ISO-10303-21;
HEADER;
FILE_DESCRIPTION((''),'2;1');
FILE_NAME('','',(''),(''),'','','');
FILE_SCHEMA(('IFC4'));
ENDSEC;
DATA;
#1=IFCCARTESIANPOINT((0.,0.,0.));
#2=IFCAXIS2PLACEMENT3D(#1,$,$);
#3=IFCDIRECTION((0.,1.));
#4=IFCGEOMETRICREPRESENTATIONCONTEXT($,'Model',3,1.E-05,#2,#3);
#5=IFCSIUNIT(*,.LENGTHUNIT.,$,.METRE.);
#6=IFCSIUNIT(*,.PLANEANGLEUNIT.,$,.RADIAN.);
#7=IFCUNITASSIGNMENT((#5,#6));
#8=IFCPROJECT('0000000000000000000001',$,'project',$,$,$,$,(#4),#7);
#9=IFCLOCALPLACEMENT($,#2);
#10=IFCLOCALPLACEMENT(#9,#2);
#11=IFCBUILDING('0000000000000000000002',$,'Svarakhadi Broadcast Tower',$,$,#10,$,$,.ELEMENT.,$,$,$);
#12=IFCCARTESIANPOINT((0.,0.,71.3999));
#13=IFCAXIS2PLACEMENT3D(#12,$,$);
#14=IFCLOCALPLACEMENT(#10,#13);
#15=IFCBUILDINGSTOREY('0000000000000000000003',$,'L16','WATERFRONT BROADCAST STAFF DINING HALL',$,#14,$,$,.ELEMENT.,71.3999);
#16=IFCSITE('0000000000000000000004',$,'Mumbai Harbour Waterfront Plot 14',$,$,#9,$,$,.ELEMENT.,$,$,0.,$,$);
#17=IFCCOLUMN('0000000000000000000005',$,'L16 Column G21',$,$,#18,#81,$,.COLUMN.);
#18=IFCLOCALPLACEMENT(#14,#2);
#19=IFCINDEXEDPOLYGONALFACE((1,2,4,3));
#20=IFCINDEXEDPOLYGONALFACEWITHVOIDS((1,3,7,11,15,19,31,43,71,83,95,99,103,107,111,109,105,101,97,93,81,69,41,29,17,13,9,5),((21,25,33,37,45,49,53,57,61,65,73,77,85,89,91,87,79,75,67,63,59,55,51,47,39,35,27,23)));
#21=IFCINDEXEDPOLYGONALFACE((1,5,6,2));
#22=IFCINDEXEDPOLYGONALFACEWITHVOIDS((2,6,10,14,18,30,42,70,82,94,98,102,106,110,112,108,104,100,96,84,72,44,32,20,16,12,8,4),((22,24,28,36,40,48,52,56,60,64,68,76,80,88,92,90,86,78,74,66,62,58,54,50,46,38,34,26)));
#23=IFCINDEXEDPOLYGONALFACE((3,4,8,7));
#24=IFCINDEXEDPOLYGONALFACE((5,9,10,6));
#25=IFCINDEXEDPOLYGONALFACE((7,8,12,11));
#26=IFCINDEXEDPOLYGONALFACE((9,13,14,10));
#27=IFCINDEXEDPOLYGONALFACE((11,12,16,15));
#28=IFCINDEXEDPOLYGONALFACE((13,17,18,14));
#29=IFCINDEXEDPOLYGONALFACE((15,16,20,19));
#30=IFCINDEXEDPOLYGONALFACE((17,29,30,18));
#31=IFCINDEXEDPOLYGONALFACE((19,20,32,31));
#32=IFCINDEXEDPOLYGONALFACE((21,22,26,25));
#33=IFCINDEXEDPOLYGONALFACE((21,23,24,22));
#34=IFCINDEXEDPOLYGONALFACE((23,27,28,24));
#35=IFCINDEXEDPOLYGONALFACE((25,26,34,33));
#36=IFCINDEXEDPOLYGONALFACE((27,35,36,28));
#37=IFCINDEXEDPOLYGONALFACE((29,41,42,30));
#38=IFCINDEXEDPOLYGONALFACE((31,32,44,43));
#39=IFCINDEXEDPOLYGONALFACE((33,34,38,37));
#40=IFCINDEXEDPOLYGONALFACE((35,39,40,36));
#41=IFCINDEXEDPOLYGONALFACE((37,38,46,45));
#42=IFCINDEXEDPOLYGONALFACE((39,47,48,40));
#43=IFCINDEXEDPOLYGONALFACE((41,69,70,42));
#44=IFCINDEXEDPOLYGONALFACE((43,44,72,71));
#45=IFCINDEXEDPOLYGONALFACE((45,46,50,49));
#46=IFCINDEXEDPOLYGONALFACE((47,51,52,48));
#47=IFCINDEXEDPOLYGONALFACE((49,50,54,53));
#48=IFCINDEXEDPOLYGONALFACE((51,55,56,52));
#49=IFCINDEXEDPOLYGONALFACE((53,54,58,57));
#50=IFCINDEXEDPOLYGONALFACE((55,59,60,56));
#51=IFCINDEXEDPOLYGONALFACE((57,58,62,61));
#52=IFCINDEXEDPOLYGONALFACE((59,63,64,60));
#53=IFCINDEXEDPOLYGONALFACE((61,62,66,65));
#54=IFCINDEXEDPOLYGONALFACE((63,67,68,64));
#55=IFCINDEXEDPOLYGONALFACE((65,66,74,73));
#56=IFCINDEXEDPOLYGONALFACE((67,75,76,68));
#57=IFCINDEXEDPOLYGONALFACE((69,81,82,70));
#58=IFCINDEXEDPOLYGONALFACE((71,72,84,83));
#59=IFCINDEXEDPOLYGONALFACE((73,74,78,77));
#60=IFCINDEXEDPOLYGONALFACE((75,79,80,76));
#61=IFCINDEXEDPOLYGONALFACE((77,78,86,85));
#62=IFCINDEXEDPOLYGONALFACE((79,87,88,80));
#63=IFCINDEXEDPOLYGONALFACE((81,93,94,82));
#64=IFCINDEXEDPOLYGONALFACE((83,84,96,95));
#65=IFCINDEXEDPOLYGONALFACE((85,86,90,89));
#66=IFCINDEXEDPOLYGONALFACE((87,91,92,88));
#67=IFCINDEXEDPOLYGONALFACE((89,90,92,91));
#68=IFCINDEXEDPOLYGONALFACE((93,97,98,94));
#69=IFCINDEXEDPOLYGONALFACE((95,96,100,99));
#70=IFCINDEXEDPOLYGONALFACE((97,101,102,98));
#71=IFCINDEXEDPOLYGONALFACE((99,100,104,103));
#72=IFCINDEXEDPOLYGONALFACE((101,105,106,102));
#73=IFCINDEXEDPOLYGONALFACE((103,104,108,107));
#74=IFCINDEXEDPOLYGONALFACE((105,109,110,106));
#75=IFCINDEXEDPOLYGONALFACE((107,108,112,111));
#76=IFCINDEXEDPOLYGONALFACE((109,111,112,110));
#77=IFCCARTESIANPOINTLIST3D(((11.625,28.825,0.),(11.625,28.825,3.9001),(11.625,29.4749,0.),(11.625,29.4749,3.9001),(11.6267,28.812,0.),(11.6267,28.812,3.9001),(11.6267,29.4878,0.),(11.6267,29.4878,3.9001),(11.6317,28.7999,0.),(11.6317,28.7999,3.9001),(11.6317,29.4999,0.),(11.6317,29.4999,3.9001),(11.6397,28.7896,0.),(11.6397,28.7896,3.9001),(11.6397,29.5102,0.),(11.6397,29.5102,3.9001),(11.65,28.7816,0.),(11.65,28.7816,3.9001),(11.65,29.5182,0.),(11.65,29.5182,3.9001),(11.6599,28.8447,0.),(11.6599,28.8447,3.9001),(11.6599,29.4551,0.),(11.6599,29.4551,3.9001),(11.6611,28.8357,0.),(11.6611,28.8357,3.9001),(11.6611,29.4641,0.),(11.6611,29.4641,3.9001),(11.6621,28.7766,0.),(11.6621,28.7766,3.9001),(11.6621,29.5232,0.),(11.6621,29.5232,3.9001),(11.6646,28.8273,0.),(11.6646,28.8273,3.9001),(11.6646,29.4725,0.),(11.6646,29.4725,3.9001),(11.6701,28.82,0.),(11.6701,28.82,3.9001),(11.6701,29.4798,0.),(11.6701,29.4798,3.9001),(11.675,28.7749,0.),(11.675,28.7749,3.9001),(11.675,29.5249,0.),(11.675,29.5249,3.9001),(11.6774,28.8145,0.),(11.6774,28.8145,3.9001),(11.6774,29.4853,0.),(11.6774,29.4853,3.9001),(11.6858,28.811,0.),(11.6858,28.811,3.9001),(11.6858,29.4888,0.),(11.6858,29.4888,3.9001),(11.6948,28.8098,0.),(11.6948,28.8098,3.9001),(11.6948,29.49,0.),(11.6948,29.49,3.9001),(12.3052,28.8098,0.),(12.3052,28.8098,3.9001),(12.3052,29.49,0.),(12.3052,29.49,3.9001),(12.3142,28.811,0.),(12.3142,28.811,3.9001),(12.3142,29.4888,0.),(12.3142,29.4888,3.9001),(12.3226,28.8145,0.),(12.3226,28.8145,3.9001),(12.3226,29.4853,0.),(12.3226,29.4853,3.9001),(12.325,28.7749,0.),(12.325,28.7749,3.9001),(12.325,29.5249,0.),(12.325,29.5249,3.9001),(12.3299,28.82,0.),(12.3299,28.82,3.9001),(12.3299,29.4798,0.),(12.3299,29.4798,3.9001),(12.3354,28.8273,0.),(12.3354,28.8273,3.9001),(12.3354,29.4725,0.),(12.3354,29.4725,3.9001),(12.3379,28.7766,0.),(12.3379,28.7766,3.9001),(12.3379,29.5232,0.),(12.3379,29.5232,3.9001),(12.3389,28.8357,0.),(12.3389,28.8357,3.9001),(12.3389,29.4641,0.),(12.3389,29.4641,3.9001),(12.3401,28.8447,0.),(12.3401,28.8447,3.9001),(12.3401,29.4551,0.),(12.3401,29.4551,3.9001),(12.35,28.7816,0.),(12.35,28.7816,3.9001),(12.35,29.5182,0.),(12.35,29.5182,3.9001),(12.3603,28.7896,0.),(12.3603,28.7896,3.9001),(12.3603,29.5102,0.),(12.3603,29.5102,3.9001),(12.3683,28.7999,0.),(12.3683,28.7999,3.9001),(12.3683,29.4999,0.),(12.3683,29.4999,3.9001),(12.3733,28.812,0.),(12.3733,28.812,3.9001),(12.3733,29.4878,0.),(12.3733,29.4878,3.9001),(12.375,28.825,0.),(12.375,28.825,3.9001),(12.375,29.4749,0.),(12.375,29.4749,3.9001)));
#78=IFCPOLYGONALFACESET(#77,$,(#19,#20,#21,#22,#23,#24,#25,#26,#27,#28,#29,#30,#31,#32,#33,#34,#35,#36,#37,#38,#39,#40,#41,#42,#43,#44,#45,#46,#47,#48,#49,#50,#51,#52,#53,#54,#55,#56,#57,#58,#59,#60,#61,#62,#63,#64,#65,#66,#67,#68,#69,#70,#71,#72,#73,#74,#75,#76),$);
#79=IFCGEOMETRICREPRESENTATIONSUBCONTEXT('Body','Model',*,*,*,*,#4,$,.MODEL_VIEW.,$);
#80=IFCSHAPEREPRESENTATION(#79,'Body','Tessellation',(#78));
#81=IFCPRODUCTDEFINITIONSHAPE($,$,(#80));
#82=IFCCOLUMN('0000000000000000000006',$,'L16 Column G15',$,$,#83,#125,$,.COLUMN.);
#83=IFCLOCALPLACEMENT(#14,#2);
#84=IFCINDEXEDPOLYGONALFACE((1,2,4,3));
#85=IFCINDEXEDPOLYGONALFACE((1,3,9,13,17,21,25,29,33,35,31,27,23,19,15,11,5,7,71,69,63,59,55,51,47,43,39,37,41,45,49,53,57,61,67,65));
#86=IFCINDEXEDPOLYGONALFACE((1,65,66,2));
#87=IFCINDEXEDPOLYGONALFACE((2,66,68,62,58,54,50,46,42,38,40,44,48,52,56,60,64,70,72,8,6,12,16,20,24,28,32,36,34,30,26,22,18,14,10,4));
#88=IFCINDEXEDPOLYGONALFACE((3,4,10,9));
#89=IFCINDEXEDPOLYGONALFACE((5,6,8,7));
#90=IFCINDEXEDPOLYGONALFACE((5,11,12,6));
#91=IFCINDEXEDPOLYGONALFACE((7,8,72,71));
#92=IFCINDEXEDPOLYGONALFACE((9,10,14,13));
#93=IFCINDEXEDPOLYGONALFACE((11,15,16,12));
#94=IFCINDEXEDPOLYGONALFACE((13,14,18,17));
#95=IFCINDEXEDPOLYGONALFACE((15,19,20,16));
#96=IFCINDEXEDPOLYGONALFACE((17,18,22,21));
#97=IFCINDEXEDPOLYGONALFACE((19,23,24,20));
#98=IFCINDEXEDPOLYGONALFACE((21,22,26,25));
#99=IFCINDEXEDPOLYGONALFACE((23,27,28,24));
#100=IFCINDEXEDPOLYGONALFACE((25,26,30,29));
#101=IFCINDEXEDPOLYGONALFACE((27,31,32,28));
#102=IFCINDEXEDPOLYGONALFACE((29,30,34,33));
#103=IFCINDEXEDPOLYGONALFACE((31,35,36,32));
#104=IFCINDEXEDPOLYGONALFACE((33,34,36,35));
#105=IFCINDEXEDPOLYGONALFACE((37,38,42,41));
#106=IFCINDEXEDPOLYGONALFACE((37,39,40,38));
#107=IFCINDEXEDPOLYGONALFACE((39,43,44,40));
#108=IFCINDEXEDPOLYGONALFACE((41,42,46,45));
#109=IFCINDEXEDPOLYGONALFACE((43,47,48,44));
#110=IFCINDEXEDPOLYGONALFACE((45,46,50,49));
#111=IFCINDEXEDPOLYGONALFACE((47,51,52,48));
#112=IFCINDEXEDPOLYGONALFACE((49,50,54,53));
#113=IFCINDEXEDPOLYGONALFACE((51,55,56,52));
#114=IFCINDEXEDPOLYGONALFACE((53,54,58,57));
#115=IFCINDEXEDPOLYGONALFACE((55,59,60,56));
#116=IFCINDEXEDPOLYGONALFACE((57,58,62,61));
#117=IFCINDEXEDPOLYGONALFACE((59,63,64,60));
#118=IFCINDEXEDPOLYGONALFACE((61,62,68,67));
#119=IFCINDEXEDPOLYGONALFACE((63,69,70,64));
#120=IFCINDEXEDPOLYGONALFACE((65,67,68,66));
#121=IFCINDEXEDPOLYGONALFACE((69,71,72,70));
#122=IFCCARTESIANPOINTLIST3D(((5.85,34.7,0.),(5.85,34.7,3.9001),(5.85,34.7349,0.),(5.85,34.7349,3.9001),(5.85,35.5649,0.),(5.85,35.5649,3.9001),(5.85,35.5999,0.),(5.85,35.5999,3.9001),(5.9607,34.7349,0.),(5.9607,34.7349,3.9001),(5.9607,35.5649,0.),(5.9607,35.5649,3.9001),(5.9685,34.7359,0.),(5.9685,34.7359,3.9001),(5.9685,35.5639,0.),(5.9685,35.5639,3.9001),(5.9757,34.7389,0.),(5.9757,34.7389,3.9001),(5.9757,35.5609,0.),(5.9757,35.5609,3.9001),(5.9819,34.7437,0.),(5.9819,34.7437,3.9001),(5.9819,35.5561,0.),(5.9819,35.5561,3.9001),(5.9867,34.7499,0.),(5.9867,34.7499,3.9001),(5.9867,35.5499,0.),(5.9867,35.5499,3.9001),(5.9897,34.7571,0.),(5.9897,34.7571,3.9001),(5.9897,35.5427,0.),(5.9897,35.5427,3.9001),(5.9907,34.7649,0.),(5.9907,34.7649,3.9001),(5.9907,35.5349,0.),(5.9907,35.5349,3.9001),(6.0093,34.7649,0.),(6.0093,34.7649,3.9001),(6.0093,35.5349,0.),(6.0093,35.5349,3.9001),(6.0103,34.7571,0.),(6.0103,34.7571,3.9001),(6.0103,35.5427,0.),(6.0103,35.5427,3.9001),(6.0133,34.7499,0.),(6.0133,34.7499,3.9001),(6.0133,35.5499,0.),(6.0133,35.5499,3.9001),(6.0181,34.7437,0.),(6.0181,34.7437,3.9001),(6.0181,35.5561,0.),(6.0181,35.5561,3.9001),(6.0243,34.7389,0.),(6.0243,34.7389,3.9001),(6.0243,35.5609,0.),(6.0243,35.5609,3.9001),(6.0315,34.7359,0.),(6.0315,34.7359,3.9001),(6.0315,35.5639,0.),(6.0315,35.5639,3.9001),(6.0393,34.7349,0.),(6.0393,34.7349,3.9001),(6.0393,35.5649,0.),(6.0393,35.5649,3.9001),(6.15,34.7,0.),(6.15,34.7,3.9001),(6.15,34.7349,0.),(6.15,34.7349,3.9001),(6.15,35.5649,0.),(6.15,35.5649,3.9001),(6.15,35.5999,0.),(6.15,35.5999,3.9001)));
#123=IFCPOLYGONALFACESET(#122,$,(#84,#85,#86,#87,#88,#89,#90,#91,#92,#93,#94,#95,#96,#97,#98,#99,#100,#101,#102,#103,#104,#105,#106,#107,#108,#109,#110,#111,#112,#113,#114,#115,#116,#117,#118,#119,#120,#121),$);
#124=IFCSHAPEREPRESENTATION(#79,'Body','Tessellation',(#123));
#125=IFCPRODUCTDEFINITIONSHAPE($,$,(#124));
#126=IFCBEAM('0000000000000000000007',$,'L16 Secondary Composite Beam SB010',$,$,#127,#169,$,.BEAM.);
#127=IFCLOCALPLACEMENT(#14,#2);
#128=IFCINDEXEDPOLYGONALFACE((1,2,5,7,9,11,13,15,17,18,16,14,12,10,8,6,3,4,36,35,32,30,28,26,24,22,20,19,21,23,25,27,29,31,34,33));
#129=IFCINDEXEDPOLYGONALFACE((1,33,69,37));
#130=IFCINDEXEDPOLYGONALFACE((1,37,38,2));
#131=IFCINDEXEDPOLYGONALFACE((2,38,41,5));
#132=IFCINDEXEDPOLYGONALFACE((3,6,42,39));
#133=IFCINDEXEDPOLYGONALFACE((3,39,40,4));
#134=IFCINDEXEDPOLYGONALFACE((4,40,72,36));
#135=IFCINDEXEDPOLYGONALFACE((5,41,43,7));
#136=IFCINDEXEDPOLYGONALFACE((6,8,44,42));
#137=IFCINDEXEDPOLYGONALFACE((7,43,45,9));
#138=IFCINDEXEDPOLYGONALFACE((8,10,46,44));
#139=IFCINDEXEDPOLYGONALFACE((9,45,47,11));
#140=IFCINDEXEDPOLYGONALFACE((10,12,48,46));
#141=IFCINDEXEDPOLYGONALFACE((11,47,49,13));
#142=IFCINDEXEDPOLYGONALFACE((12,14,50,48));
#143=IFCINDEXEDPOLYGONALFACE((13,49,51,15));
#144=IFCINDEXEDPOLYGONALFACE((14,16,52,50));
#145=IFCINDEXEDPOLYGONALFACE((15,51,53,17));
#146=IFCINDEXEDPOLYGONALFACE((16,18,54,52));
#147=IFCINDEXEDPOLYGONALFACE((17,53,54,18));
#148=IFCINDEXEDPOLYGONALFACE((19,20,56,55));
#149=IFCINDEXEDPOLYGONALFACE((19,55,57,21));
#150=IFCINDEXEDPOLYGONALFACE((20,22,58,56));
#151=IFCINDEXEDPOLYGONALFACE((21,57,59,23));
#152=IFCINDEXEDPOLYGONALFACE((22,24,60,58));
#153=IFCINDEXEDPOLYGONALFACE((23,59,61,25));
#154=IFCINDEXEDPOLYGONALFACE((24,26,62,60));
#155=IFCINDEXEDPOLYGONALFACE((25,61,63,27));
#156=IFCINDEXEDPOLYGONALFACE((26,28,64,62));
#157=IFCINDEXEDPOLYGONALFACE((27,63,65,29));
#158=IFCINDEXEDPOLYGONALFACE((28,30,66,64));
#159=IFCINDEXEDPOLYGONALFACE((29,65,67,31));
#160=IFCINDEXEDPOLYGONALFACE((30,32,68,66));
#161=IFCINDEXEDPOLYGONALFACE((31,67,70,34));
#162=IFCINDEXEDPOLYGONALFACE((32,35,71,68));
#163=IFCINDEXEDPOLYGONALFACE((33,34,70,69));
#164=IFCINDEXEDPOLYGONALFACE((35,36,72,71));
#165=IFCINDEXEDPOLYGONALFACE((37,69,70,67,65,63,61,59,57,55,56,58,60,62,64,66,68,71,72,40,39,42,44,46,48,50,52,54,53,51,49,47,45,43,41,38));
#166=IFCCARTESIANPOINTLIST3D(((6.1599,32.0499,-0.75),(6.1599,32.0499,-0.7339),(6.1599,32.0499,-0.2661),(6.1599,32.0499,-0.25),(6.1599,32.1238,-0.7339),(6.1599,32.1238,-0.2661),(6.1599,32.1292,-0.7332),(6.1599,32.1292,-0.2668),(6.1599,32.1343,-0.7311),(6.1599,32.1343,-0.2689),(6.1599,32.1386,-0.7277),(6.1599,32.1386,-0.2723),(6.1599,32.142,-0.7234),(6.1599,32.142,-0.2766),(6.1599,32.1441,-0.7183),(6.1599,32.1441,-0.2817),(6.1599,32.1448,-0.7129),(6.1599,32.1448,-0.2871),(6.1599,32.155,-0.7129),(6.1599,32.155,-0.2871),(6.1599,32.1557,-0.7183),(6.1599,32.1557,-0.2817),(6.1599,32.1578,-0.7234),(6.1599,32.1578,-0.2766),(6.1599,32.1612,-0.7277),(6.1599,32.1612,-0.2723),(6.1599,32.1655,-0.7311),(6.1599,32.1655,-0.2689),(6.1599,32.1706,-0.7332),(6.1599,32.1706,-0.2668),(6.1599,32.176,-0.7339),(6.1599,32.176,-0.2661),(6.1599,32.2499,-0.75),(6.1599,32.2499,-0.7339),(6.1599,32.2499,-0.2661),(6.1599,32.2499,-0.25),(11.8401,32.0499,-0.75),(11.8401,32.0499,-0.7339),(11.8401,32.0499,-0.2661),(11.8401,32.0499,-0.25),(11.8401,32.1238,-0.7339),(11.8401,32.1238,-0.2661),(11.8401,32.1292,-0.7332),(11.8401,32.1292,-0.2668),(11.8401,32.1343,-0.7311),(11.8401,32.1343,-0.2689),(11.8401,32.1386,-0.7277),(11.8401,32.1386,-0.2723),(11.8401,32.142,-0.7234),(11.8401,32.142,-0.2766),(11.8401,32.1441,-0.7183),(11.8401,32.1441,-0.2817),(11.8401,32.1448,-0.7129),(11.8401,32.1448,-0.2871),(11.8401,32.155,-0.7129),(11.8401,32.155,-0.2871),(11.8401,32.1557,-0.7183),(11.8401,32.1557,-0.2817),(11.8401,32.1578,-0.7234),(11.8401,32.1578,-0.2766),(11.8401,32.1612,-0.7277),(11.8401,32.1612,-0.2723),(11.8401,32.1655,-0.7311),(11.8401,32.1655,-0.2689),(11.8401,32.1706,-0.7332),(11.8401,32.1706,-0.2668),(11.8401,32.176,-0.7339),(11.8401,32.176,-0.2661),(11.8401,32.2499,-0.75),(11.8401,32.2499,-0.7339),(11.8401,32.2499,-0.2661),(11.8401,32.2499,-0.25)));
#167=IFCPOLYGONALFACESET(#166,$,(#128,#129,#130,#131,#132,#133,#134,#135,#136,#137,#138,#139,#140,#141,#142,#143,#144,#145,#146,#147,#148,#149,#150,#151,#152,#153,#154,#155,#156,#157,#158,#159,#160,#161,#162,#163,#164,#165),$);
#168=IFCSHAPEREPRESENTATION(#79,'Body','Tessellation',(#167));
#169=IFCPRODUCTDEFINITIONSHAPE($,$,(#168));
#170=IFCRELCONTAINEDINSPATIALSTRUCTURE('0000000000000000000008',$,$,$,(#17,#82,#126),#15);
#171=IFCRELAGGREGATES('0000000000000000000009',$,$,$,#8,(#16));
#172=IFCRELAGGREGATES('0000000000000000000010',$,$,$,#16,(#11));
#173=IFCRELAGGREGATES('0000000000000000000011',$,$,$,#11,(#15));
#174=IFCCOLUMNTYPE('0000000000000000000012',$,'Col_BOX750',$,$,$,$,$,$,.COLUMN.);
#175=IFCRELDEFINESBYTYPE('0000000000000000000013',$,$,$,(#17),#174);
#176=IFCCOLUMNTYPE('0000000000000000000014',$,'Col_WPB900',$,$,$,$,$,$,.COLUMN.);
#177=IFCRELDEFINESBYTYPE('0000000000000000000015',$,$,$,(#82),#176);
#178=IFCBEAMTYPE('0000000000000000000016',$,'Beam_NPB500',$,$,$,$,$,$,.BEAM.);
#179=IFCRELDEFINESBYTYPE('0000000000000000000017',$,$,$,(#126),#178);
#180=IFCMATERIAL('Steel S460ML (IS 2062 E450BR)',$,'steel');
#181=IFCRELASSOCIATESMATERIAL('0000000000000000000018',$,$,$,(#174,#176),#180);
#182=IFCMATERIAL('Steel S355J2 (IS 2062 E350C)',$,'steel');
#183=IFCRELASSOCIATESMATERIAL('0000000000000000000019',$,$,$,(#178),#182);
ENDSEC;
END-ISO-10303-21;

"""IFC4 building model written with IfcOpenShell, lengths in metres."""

from ifc_helpers import new_model, si_unit, direction, frame, origin, origin_2d, place, context, subcontext, project, spatial, hollow_rectangle, i_section, extrude, material, material_profile, profile_set, type_object, element, save


model = new_model("IFC4")

# Units and contexts
model_context = context("Model", 3, precision=1e-05, world=origin(), true_north=direction((0.0, 1.0)))
body_context = subcontext(model_context, "Body", "Model", "MODEL_VIEW")
ifc_project = project(units=[si_unit("LENGTHUNIT", "METRE"), si_unit("PLANEANGLEUNIT", "RADIAN")], contexts=[model_context])

# Site, building, storey
site_placement = place(None, origin())
site = spatial("IfcSite", under=ifc_project, at=site_placement, Name="Mumbai Harbour Waterfront Plot 14", CompositionType="ELEMENT", RefElevation=0.0)
building_placement = place(site_placement, origin())
building = spatial("IfcBuilding", under=site, at=building_placement, Name="Svarakhadi Broadcast Tower", CompositionType="ELEMENT")
storey_placement = place(building_placement, frame((0.0, 0.0, 71.3999)))
storey = spatial("IfcBuildingStorey", under=building, at=storey_placement, Name="L16", Description="WATERFRONT BROADCAST STAFF DINING HALL", CompositionType="ELEMENT", Elevation=71.3999)

# Columns
ifc_material_1 = material(Name="Steel S460ML (IS 2062 E450BR)", Category="steel")
ifc_material_profile_1 = material_profile(ifc_material_1, hollow_rectangle(XDim=0.75, YDim=0.75, WallThickness=0.0349, InnerFilletRadius=0.0349, OuterFilletRadius=0.05, at=origin_2d()), Name="BOX 750x750x35")
ifc_profile_set_1 = profile_set([ifc_material_profile_1], Name="Steel S460ML (IS 2062 E450BR)")
column_type_1 = type_object("IfcColumnType", Name="Col_BOX750", PredefinedType="COLUMN", material=ifc_profile_set_1)
column_1_placement = place(storey_placement, frame((12.0, 29.1499, 0.0), z_axis=(0.0, 0.0, 1.0), x_axis=(1.0, 0.0, 0.0)))
element("IfcColumn", 1, at=column_1_placement, inside=storey, type_object=column_type_1, Name="L16 Column G21", PredefinedType="COLUMN", context=body_context, shape_type="SweptSolid", body=[
    extrude(hollow_rectangle(XDim=0.75, YDim=0.75, WallThickness=0.0349, InnerFilletRadius=0.0349, OuterFilletRadius=0.05, at=origin_2d()), origin(), (0.0, 0.0, 1.0), 3.9001),
])
ifc_material_profile_2 = material_profile(ifc_material_1, i_section(OverallWidth=0.3, OverallDepth=0.8999, WebThickness=0.0186, FlangeThickness=0.0349, FilletRadius=0.03, at=origin_2d()), Name="WPB 900x300x291")
ifc_profile_set_2 = profile_set([ifc_material_profile_2], Name="Steel S460ML (IS 2062 E450BR)")
column_type_2 = type_object("IfcColumnType", Name="Col_WPB900", PredefinedType="COLUMN", material=ifc_profile_set_2)
column_2_placement = place(storey_placement, frame((6.0, 35.1499, 0.0), z_axis=(0.0, 0.0, 1.0), x_axis=(1.0, 0.0, 0.0)))
element("IfcColumn", 2, at=column_2_placement, inside=storey, type_object=column_type_2, Name="L16 Column G15", PredefinedType="COLUMN", context=body_context, shape_type="SweptSolid", body=[
    extrude(i_section(OverallWidth=0.3, OverallDepth=0.8999, WebThickness=0.0186, FlangeThickness=0.0349, FilletRadius=0.03, at=origin_2d()), origin(), (0.0, 0.0, 1.0), 3.9001),
])

# Beam
ifc_material_2 = material(Name="Steel S355J2 (IS 2062 E350C)", Category="steel")
ifc_material_profile_3 = material_profile(ifc_material_2, i_section(OverallWidth=0.2, OverallDepth=0.5, WebThickness=0.0103, FlangeThickness=0.0161, FilletRadius=0.021, at=origin_2d()), Name="NPB 500x200x91")
ifc_profile_set_3 = profile_set([ifc_material_profile_3], Name="Steel S355J2 (IS 2062 E350C)")
beam_type_1 = type_object("IfcBeamType", Name="Beam_NPB500", PredefinedType="BEAM", material=ifc_profile_set_3)
beam_placement = place(storey_placement, frame((6.1599, 32.1499, -0.5), z_axis=(1.0, 0.0, 0.0), x_axis=(0.0, 1.0, 0.0)))
element("IfcBeam", 3, at=beam_placement, inside=storey, type_object=beam_type_1, Name="L16 Secondary Composite Beam SB010", PredefinedType="BEAM", context=body_context, shape_type="SweptSolid", body=[
    extrude(i_section(OverallWidth=0.2, OverallDepth=0.5, WebThickness=0.0103, FlangeThickness=0.0161, FilletRadius=0.021, at=origin_2d()), origin(), (0.0, 0.0, 1.0), 5.6802),
])

save(model, "model.ifc")
